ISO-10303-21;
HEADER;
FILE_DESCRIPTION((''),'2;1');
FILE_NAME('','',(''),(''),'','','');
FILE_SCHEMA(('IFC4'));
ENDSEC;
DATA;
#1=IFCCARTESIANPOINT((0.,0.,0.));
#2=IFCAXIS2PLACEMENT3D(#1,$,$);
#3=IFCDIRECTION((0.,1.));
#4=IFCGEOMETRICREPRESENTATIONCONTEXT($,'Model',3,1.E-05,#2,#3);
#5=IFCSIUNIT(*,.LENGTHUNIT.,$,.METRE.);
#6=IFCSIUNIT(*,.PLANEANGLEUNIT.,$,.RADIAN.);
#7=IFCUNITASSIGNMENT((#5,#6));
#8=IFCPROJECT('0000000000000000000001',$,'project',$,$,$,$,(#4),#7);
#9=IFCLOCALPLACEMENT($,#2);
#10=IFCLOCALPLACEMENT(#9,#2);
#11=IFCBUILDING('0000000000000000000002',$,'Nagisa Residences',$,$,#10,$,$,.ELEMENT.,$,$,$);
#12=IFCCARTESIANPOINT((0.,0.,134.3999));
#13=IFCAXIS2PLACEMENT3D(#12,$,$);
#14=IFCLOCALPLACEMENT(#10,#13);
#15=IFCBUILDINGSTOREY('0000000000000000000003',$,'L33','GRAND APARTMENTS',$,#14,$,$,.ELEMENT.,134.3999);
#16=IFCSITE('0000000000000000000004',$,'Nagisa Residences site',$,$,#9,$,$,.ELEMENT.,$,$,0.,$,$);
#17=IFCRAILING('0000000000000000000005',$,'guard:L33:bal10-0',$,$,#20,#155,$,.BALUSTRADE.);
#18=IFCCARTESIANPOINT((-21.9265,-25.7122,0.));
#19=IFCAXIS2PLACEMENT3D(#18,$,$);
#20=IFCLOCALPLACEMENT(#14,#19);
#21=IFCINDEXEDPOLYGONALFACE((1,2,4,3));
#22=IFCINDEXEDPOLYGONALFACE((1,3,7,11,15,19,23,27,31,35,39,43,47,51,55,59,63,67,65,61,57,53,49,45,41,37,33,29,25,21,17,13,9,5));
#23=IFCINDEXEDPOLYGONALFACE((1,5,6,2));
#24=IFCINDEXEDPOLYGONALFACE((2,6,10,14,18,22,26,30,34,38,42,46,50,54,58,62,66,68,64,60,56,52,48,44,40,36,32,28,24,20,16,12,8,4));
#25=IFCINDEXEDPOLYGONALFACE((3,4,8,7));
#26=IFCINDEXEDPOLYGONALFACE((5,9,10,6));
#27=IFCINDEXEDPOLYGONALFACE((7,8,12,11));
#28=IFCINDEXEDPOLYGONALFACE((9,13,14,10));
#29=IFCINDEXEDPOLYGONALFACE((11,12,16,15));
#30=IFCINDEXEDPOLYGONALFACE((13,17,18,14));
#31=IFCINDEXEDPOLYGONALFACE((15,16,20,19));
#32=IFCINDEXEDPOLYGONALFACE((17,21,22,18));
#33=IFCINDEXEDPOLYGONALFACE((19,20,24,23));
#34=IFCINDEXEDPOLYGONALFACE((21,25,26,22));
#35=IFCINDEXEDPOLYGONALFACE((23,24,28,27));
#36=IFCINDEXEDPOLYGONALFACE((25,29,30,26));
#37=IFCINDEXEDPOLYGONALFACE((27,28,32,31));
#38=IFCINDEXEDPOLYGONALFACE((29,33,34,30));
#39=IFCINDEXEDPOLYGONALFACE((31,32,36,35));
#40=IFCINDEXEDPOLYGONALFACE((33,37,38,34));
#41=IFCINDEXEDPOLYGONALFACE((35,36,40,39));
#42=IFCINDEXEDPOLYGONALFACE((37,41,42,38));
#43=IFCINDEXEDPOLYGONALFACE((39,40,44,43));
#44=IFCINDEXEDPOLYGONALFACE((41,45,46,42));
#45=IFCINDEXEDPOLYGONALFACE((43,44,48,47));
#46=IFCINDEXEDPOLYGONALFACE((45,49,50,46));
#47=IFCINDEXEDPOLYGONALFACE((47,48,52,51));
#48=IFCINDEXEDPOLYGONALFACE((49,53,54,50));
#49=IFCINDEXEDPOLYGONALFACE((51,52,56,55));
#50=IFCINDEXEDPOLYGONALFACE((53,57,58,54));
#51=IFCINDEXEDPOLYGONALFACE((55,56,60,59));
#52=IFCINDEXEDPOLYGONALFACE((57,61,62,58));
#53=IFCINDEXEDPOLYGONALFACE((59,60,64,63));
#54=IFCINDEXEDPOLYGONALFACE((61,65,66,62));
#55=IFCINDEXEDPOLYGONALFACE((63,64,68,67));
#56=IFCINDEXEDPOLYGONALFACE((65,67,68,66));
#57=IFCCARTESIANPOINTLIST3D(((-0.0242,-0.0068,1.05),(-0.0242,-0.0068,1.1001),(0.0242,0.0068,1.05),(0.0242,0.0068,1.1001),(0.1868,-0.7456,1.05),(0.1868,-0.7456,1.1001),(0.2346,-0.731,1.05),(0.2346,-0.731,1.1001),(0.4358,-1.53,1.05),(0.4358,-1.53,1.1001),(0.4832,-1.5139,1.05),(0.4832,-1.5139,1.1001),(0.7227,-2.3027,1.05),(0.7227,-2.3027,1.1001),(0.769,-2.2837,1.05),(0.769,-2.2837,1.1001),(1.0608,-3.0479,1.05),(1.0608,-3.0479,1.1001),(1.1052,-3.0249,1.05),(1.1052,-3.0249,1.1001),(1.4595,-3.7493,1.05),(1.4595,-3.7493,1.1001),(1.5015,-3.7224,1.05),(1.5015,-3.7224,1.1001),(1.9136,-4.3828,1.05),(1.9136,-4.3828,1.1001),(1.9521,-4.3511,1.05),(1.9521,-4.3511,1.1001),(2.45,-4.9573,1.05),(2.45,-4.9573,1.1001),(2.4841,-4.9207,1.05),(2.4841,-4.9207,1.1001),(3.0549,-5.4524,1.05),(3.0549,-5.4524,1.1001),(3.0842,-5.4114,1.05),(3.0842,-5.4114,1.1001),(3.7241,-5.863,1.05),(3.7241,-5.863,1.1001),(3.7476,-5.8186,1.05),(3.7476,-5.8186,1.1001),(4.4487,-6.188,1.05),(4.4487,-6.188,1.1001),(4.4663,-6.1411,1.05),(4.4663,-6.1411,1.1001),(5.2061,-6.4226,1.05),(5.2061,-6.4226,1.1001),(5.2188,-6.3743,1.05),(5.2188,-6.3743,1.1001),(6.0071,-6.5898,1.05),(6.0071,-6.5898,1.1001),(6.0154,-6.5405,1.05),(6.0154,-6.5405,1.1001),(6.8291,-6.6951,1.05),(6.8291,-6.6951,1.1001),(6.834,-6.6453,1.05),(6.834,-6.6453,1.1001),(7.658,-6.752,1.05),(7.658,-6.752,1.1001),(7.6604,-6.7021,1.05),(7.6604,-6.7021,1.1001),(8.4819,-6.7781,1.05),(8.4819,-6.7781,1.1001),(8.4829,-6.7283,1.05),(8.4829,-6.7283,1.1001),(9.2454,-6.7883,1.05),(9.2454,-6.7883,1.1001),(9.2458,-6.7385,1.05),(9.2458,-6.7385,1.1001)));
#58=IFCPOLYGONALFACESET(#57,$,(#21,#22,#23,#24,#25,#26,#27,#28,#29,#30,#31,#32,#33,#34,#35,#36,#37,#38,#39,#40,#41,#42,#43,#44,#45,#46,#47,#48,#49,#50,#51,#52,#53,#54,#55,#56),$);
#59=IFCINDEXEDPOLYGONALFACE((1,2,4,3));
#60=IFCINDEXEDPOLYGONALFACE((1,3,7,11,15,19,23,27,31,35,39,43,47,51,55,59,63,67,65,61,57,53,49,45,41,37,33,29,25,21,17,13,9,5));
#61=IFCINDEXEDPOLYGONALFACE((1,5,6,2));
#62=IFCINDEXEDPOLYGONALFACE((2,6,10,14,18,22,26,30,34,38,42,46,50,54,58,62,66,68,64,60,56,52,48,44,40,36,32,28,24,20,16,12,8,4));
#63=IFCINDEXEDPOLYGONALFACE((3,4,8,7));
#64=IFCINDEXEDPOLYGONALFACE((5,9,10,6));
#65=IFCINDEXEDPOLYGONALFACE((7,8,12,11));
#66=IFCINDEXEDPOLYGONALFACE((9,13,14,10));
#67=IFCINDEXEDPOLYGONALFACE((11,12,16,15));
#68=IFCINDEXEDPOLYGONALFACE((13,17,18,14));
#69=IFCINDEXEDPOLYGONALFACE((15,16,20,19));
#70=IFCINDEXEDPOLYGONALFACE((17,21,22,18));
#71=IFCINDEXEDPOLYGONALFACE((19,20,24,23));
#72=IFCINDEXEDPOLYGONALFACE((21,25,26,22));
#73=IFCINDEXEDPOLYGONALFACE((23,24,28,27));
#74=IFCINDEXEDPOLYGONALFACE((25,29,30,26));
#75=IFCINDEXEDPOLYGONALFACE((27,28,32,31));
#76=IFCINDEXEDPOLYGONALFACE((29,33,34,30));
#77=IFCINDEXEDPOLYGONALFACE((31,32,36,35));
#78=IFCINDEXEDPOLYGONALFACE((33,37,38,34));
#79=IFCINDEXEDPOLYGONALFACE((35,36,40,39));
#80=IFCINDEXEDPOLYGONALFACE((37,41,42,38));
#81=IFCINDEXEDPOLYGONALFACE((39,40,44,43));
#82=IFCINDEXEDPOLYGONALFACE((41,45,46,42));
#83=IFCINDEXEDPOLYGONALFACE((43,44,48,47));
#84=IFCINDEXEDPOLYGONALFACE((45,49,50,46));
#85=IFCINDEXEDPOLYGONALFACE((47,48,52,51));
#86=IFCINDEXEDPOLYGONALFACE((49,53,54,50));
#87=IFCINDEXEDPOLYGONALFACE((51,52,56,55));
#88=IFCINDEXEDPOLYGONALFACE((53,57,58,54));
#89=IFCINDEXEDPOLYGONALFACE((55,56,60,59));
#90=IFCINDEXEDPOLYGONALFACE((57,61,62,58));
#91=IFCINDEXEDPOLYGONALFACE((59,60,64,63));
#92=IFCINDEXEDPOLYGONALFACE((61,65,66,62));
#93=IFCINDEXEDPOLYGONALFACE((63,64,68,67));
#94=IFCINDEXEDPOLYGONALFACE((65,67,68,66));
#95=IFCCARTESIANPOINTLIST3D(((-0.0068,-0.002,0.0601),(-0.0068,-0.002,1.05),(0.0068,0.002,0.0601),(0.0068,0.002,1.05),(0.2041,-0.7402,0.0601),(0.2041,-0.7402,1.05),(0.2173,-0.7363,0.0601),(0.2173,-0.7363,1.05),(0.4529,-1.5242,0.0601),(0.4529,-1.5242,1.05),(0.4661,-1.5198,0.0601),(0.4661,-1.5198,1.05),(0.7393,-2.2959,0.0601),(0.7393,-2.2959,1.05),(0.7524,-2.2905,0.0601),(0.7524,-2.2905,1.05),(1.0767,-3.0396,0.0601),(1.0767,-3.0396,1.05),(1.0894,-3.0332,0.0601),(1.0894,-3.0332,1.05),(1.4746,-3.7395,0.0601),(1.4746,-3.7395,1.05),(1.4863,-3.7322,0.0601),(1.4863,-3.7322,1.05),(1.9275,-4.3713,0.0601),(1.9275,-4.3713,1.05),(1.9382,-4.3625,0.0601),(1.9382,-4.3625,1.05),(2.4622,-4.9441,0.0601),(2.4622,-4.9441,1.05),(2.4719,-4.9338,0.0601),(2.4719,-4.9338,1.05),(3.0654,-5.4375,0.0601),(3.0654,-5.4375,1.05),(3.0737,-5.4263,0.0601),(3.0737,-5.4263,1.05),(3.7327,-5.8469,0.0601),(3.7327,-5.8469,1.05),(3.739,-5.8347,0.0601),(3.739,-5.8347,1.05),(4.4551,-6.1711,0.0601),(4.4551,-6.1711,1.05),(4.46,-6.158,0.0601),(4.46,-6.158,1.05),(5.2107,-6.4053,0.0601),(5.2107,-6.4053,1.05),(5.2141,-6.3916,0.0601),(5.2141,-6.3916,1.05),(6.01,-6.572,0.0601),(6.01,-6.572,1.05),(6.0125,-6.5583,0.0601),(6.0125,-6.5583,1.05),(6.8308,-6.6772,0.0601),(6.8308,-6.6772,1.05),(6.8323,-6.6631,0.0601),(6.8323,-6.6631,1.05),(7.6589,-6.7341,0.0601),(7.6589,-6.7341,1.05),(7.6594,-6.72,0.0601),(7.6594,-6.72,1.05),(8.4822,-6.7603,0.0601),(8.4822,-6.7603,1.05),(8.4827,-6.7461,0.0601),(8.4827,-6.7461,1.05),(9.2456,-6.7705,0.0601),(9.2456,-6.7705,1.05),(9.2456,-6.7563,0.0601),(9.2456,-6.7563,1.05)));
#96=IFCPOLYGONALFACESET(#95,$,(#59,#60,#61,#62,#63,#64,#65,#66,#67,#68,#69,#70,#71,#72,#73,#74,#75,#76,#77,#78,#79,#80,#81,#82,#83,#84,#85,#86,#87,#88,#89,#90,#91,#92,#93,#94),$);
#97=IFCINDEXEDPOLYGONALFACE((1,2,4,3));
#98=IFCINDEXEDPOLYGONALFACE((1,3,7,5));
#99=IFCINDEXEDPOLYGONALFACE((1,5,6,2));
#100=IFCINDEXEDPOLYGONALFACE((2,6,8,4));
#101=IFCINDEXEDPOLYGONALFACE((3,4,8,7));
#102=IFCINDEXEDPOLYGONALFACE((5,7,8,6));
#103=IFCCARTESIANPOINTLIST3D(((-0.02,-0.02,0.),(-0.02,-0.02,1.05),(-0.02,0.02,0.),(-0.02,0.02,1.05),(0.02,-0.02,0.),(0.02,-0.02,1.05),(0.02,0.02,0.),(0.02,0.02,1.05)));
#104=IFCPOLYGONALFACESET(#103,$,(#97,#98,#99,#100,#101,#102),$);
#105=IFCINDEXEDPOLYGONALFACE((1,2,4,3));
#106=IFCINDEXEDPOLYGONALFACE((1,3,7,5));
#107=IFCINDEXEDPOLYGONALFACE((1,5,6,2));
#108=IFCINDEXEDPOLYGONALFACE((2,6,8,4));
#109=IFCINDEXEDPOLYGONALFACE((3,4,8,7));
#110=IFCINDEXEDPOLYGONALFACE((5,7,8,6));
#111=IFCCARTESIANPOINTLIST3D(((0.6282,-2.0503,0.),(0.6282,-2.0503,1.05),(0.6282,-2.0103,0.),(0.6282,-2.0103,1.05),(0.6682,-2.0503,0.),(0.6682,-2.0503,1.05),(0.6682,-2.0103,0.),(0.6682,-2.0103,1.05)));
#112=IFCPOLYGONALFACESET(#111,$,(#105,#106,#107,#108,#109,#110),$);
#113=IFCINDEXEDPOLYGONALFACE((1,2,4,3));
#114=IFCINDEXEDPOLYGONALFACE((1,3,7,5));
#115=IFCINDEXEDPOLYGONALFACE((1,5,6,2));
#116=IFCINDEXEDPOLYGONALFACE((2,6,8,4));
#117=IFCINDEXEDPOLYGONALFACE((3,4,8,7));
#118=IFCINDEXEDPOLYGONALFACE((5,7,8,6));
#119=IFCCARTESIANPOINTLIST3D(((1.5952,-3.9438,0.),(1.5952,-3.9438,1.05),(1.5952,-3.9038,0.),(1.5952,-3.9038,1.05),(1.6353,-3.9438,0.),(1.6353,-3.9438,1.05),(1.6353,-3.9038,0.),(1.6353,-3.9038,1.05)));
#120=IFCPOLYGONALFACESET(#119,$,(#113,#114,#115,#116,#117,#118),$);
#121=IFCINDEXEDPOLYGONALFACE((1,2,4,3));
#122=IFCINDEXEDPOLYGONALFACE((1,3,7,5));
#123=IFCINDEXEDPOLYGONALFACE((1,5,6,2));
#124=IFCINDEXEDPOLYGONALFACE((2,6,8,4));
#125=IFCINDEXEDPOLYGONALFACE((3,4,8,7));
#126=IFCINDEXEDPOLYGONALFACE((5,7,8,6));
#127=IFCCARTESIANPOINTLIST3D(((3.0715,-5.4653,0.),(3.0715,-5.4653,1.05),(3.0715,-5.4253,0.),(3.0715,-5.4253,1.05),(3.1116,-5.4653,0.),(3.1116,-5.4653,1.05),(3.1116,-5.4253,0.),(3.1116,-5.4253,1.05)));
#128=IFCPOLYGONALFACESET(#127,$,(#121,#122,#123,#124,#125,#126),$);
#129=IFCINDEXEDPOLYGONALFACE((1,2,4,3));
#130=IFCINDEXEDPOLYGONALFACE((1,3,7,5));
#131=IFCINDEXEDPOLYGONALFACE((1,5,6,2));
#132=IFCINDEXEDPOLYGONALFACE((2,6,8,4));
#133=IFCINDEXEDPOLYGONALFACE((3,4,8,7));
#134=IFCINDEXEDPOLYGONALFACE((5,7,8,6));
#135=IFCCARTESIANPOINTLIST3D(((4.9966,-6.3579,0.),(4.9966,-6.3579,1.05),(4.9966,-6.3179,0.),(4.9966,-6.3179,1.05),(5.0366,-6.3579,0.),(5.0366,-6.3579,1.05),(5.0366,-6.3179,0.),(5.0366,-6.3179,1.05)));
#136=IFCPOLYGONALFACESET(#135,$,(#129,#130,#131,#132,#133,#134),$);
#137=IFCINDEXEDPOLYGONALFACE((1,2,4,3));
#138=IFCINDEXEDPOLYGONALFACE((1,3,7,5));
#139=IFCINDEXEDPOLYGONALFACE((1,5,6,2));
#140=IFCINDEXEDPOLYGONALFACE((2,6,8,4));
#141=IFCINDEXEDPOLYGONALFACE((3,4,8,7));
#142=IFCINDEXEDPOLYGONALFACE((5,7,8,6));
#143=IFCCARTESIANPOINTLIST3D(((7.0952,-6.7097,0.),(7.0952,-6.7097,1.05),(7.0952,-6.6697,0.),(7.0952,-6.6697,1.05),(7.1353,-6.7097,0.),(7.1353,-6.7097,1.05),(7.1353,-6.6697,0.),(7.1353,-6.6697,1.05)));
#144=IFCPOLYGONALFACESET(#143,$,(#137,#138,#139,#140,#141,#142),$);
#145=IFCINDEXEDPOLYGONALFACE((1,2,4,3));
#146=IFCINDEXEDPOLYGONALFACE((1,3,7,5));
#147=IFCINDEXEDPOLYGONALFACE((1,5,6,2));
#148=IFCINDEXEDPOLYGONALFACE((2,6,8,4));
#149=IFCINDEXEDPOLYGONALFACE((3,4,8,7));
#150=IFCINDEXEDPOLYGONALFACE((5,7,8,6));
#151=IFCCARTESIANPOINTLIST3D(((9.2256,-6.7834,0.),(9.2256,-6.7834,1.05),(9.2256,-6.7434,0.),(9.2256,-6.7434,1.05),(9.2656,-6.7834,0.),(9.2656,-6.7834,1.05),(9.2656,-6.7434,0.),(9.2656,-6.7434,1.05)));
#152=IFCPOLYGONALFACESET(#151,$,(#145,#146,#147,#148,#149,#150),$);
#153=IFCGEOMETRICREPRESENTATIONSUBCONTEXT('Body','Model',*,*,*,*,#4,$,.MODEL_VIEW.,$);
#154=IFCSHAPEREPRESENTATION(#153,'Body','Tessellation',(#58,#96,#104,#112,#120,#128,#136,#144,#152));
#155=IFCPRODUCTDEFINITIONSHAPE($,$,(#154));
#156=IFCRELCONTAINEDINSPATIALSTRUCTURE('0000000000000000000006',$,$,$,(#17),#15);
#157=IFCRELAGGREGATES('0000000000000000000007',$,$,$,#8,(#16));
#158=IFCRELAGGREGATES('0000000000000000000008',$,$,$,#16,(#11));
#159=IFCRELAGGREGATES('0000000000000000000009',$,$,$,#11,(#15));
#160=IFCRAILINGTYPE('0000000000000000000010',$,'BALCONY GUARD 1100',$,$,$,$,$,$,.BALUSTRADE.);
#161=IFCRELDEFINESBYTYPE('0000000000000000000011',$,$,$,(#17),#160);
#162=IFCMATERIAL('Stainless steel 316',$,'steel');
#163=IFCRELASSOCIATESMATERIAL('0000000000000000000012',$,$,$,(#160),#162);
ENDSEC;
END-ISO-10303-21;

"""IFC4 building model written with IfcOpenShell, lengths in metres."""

from ifc_helpers import new_model, si_unit, direction, frame, origin, origin_2d, place, context, subcontext, project, spatial, polyline, rectangle, outline, extrude, material, type_object, element, save


model = new_model("IFC4")

# Units and contexts
model_context = context("Model", 3, precision=1e-05, world=origin(), true_north=direction((0.0, 1.0)))
body_context = subcontext(model_context, "Body", "Model", "MODEL_VIEW")
ifc_project = project(units=[si_unit("LENGTHUNIT", "METRE"), si_unit("PLANEANGLEUNIT", "RADIAN")], contexts=[model_context])

# Site, building, storey
site_placement = place(None, origin())
site = spatial("IfcSite", under=ifc_project, at=site_placement, Name="Nagisa Residences site", CompositionType="ELEMENT", RefElevation=0.0)
building_placement = place(site_placement, origin())
building = spatial("IfcBuilding", under=site, at=building_placement, Name="Nagisa Residences", CompositionType="ELEMENT")
storey_placement = place(building_placement, frame((0.0, 0.0, 134.3999)))
storey = spatial("IfcBuildingStorey", under=building, at=storey_placement, Name="L33", Description="GRAND APARTMENTS", CompositionType="ELEMENT", Elevation=134.3999)

# Railing
ifc_material_1 = material(Name="Stainless steel 316", Category="steel")
railing_type = type_object("IfcRailingType", Name="BALCONY GUARD 1100", PredefinedType="BALUSTRADE", material=ifc_material_1)
railing_placement = place(storey_placement, frame((-21.9265, -25.7122, 0.0)))
element("IfcRailing", 1, at=railing_placement, inside=storey, type_object=railing_type, Name="guard:L33:bal10-0", PredefinedType="BALUSTRADE", context=body_context, shape_type="SweptSolid", body=[
    extrude(outline(polyline([(0.2346, -0.731), (0.0242, 0.0068), (-0.0242, -0.0068), (0.1868, -0.7456), (0.4358, -1.53), (0.7227, -2.3027), (1.0608, -3.0479), (1.4595, -3.7493), (1.9136, -4.3828), (2.45, -4.9573), (3.0549, -5.4524), (3.7241, -5.863), (4.4487, -6.188), (5.2061, -6.4226), (6.0071, -6.5898), (6.8291, -6.6951), (7.658, -6.752), (8.4819, -6.7781), (9.2454, -6.7883), (9.2458, -6.7385), (8.4829, -6.7283), (7.6604, -6.7021), (6.834, -6.6453), (6.0154, -6.5405), (5.2188, -6.3743), (4.4663, -6.1411), (3.7476, -5.8186), (3.0842, -5.4114), (2.4841, -4.9207), (1.9521, -4.3511), (1.5015, -3.7224), (1.1052, -3.0249), (0.769, -2.2837), (0.4832, -1.5139), (0.2346, -0.731)])), frame((0.0, 0.0, 1.05)), (0.0, 0.0, 1.0), 0.05),
    extrude(outline(polyline([(0.2173, -0.7363), (0.0068, 0.002), (-0.0068, -0.002), (0.2041, -0.7402), (0.4529, -1.5242), (0.7393, -2.2959), (1.0767, -3.0396), (1.4746, -3.7395), (1.9275, -4.3713), (2.4622, -4.9441), (3.0654, -5.4375), (3.7327, -5.8469), (4.4551, -6.1711), (5.2107, -6.4053), (6.01, -6.572), (6.8308, -6.6772), (7.6589, -6.7341), (8.4822, -6.7603), (9.2456, -6.7705), (9.2456, -6.7563), (8.4827, -6.7461), (7.6594, -6.72), (6.8323, -6.6631), (6.0125, -6.5583), (5.2141, -6.3916), (4.46, -6.158), (3.739, -5.8347), (3.0737, -5.4263), (2.4719, -4.9338), (1.9382, -4.3625), (1.4863, -3.7322), (1.0894, -3.0332), (0.7524, -2.2905), (0.4661, -1.5198), (0.2173, -0.7363)])), frame((0.0, 0.0, 0.0601)), (0.0, 0.0, 1.0), 0.99),
    extrude(rectangle(XDim=0.04, YDim=0.04, at=origin_2d()), origin(), (0.0, 0.0, 1.0), 1.05),
    extrude(rectangle(XDim=0.04, YDim=0.04, at=origin_2d()), frame((0.6482, -2.0303, 0.0)), (0.0, 0.0, 1.0), 1.05),
    extrude(rectangle(XDim=0.04, YDim=0.04, at=origin_2d()), frame((1.6152, -3.9238, 0.0)), (0.0, 0.0, 1.0), 1.05),
    extrude(rectangle(XDim=0.04, YDim=0.04, at=origin_2d()), frame((3.0916, -5.4453, 0.0)), (0.0, 0.0, 1.0), 1.05),
    extrude(rectangle(XDim=0.04, YDim=0.04, at=origin_2d()), frame((5.0166, -6.3379, 0.0)), (0.0, 0.0, 1.0), 1.05),
    extrude(rectangle(XDim=0.04, YDim=0.04, at=origin_2d()), frame((7.1152, -6.6897, 0.0)), (0.0, 0.0, 1.0), 1.05),
    extrude(rectangle(XDim=0.04, YDim=0.04, at=origin_2d()), frame((9.2456, -6.7634, 0.0)), (0.0, 0.0, 1.0), 1.05),
])

save(model, "model.ifc")
